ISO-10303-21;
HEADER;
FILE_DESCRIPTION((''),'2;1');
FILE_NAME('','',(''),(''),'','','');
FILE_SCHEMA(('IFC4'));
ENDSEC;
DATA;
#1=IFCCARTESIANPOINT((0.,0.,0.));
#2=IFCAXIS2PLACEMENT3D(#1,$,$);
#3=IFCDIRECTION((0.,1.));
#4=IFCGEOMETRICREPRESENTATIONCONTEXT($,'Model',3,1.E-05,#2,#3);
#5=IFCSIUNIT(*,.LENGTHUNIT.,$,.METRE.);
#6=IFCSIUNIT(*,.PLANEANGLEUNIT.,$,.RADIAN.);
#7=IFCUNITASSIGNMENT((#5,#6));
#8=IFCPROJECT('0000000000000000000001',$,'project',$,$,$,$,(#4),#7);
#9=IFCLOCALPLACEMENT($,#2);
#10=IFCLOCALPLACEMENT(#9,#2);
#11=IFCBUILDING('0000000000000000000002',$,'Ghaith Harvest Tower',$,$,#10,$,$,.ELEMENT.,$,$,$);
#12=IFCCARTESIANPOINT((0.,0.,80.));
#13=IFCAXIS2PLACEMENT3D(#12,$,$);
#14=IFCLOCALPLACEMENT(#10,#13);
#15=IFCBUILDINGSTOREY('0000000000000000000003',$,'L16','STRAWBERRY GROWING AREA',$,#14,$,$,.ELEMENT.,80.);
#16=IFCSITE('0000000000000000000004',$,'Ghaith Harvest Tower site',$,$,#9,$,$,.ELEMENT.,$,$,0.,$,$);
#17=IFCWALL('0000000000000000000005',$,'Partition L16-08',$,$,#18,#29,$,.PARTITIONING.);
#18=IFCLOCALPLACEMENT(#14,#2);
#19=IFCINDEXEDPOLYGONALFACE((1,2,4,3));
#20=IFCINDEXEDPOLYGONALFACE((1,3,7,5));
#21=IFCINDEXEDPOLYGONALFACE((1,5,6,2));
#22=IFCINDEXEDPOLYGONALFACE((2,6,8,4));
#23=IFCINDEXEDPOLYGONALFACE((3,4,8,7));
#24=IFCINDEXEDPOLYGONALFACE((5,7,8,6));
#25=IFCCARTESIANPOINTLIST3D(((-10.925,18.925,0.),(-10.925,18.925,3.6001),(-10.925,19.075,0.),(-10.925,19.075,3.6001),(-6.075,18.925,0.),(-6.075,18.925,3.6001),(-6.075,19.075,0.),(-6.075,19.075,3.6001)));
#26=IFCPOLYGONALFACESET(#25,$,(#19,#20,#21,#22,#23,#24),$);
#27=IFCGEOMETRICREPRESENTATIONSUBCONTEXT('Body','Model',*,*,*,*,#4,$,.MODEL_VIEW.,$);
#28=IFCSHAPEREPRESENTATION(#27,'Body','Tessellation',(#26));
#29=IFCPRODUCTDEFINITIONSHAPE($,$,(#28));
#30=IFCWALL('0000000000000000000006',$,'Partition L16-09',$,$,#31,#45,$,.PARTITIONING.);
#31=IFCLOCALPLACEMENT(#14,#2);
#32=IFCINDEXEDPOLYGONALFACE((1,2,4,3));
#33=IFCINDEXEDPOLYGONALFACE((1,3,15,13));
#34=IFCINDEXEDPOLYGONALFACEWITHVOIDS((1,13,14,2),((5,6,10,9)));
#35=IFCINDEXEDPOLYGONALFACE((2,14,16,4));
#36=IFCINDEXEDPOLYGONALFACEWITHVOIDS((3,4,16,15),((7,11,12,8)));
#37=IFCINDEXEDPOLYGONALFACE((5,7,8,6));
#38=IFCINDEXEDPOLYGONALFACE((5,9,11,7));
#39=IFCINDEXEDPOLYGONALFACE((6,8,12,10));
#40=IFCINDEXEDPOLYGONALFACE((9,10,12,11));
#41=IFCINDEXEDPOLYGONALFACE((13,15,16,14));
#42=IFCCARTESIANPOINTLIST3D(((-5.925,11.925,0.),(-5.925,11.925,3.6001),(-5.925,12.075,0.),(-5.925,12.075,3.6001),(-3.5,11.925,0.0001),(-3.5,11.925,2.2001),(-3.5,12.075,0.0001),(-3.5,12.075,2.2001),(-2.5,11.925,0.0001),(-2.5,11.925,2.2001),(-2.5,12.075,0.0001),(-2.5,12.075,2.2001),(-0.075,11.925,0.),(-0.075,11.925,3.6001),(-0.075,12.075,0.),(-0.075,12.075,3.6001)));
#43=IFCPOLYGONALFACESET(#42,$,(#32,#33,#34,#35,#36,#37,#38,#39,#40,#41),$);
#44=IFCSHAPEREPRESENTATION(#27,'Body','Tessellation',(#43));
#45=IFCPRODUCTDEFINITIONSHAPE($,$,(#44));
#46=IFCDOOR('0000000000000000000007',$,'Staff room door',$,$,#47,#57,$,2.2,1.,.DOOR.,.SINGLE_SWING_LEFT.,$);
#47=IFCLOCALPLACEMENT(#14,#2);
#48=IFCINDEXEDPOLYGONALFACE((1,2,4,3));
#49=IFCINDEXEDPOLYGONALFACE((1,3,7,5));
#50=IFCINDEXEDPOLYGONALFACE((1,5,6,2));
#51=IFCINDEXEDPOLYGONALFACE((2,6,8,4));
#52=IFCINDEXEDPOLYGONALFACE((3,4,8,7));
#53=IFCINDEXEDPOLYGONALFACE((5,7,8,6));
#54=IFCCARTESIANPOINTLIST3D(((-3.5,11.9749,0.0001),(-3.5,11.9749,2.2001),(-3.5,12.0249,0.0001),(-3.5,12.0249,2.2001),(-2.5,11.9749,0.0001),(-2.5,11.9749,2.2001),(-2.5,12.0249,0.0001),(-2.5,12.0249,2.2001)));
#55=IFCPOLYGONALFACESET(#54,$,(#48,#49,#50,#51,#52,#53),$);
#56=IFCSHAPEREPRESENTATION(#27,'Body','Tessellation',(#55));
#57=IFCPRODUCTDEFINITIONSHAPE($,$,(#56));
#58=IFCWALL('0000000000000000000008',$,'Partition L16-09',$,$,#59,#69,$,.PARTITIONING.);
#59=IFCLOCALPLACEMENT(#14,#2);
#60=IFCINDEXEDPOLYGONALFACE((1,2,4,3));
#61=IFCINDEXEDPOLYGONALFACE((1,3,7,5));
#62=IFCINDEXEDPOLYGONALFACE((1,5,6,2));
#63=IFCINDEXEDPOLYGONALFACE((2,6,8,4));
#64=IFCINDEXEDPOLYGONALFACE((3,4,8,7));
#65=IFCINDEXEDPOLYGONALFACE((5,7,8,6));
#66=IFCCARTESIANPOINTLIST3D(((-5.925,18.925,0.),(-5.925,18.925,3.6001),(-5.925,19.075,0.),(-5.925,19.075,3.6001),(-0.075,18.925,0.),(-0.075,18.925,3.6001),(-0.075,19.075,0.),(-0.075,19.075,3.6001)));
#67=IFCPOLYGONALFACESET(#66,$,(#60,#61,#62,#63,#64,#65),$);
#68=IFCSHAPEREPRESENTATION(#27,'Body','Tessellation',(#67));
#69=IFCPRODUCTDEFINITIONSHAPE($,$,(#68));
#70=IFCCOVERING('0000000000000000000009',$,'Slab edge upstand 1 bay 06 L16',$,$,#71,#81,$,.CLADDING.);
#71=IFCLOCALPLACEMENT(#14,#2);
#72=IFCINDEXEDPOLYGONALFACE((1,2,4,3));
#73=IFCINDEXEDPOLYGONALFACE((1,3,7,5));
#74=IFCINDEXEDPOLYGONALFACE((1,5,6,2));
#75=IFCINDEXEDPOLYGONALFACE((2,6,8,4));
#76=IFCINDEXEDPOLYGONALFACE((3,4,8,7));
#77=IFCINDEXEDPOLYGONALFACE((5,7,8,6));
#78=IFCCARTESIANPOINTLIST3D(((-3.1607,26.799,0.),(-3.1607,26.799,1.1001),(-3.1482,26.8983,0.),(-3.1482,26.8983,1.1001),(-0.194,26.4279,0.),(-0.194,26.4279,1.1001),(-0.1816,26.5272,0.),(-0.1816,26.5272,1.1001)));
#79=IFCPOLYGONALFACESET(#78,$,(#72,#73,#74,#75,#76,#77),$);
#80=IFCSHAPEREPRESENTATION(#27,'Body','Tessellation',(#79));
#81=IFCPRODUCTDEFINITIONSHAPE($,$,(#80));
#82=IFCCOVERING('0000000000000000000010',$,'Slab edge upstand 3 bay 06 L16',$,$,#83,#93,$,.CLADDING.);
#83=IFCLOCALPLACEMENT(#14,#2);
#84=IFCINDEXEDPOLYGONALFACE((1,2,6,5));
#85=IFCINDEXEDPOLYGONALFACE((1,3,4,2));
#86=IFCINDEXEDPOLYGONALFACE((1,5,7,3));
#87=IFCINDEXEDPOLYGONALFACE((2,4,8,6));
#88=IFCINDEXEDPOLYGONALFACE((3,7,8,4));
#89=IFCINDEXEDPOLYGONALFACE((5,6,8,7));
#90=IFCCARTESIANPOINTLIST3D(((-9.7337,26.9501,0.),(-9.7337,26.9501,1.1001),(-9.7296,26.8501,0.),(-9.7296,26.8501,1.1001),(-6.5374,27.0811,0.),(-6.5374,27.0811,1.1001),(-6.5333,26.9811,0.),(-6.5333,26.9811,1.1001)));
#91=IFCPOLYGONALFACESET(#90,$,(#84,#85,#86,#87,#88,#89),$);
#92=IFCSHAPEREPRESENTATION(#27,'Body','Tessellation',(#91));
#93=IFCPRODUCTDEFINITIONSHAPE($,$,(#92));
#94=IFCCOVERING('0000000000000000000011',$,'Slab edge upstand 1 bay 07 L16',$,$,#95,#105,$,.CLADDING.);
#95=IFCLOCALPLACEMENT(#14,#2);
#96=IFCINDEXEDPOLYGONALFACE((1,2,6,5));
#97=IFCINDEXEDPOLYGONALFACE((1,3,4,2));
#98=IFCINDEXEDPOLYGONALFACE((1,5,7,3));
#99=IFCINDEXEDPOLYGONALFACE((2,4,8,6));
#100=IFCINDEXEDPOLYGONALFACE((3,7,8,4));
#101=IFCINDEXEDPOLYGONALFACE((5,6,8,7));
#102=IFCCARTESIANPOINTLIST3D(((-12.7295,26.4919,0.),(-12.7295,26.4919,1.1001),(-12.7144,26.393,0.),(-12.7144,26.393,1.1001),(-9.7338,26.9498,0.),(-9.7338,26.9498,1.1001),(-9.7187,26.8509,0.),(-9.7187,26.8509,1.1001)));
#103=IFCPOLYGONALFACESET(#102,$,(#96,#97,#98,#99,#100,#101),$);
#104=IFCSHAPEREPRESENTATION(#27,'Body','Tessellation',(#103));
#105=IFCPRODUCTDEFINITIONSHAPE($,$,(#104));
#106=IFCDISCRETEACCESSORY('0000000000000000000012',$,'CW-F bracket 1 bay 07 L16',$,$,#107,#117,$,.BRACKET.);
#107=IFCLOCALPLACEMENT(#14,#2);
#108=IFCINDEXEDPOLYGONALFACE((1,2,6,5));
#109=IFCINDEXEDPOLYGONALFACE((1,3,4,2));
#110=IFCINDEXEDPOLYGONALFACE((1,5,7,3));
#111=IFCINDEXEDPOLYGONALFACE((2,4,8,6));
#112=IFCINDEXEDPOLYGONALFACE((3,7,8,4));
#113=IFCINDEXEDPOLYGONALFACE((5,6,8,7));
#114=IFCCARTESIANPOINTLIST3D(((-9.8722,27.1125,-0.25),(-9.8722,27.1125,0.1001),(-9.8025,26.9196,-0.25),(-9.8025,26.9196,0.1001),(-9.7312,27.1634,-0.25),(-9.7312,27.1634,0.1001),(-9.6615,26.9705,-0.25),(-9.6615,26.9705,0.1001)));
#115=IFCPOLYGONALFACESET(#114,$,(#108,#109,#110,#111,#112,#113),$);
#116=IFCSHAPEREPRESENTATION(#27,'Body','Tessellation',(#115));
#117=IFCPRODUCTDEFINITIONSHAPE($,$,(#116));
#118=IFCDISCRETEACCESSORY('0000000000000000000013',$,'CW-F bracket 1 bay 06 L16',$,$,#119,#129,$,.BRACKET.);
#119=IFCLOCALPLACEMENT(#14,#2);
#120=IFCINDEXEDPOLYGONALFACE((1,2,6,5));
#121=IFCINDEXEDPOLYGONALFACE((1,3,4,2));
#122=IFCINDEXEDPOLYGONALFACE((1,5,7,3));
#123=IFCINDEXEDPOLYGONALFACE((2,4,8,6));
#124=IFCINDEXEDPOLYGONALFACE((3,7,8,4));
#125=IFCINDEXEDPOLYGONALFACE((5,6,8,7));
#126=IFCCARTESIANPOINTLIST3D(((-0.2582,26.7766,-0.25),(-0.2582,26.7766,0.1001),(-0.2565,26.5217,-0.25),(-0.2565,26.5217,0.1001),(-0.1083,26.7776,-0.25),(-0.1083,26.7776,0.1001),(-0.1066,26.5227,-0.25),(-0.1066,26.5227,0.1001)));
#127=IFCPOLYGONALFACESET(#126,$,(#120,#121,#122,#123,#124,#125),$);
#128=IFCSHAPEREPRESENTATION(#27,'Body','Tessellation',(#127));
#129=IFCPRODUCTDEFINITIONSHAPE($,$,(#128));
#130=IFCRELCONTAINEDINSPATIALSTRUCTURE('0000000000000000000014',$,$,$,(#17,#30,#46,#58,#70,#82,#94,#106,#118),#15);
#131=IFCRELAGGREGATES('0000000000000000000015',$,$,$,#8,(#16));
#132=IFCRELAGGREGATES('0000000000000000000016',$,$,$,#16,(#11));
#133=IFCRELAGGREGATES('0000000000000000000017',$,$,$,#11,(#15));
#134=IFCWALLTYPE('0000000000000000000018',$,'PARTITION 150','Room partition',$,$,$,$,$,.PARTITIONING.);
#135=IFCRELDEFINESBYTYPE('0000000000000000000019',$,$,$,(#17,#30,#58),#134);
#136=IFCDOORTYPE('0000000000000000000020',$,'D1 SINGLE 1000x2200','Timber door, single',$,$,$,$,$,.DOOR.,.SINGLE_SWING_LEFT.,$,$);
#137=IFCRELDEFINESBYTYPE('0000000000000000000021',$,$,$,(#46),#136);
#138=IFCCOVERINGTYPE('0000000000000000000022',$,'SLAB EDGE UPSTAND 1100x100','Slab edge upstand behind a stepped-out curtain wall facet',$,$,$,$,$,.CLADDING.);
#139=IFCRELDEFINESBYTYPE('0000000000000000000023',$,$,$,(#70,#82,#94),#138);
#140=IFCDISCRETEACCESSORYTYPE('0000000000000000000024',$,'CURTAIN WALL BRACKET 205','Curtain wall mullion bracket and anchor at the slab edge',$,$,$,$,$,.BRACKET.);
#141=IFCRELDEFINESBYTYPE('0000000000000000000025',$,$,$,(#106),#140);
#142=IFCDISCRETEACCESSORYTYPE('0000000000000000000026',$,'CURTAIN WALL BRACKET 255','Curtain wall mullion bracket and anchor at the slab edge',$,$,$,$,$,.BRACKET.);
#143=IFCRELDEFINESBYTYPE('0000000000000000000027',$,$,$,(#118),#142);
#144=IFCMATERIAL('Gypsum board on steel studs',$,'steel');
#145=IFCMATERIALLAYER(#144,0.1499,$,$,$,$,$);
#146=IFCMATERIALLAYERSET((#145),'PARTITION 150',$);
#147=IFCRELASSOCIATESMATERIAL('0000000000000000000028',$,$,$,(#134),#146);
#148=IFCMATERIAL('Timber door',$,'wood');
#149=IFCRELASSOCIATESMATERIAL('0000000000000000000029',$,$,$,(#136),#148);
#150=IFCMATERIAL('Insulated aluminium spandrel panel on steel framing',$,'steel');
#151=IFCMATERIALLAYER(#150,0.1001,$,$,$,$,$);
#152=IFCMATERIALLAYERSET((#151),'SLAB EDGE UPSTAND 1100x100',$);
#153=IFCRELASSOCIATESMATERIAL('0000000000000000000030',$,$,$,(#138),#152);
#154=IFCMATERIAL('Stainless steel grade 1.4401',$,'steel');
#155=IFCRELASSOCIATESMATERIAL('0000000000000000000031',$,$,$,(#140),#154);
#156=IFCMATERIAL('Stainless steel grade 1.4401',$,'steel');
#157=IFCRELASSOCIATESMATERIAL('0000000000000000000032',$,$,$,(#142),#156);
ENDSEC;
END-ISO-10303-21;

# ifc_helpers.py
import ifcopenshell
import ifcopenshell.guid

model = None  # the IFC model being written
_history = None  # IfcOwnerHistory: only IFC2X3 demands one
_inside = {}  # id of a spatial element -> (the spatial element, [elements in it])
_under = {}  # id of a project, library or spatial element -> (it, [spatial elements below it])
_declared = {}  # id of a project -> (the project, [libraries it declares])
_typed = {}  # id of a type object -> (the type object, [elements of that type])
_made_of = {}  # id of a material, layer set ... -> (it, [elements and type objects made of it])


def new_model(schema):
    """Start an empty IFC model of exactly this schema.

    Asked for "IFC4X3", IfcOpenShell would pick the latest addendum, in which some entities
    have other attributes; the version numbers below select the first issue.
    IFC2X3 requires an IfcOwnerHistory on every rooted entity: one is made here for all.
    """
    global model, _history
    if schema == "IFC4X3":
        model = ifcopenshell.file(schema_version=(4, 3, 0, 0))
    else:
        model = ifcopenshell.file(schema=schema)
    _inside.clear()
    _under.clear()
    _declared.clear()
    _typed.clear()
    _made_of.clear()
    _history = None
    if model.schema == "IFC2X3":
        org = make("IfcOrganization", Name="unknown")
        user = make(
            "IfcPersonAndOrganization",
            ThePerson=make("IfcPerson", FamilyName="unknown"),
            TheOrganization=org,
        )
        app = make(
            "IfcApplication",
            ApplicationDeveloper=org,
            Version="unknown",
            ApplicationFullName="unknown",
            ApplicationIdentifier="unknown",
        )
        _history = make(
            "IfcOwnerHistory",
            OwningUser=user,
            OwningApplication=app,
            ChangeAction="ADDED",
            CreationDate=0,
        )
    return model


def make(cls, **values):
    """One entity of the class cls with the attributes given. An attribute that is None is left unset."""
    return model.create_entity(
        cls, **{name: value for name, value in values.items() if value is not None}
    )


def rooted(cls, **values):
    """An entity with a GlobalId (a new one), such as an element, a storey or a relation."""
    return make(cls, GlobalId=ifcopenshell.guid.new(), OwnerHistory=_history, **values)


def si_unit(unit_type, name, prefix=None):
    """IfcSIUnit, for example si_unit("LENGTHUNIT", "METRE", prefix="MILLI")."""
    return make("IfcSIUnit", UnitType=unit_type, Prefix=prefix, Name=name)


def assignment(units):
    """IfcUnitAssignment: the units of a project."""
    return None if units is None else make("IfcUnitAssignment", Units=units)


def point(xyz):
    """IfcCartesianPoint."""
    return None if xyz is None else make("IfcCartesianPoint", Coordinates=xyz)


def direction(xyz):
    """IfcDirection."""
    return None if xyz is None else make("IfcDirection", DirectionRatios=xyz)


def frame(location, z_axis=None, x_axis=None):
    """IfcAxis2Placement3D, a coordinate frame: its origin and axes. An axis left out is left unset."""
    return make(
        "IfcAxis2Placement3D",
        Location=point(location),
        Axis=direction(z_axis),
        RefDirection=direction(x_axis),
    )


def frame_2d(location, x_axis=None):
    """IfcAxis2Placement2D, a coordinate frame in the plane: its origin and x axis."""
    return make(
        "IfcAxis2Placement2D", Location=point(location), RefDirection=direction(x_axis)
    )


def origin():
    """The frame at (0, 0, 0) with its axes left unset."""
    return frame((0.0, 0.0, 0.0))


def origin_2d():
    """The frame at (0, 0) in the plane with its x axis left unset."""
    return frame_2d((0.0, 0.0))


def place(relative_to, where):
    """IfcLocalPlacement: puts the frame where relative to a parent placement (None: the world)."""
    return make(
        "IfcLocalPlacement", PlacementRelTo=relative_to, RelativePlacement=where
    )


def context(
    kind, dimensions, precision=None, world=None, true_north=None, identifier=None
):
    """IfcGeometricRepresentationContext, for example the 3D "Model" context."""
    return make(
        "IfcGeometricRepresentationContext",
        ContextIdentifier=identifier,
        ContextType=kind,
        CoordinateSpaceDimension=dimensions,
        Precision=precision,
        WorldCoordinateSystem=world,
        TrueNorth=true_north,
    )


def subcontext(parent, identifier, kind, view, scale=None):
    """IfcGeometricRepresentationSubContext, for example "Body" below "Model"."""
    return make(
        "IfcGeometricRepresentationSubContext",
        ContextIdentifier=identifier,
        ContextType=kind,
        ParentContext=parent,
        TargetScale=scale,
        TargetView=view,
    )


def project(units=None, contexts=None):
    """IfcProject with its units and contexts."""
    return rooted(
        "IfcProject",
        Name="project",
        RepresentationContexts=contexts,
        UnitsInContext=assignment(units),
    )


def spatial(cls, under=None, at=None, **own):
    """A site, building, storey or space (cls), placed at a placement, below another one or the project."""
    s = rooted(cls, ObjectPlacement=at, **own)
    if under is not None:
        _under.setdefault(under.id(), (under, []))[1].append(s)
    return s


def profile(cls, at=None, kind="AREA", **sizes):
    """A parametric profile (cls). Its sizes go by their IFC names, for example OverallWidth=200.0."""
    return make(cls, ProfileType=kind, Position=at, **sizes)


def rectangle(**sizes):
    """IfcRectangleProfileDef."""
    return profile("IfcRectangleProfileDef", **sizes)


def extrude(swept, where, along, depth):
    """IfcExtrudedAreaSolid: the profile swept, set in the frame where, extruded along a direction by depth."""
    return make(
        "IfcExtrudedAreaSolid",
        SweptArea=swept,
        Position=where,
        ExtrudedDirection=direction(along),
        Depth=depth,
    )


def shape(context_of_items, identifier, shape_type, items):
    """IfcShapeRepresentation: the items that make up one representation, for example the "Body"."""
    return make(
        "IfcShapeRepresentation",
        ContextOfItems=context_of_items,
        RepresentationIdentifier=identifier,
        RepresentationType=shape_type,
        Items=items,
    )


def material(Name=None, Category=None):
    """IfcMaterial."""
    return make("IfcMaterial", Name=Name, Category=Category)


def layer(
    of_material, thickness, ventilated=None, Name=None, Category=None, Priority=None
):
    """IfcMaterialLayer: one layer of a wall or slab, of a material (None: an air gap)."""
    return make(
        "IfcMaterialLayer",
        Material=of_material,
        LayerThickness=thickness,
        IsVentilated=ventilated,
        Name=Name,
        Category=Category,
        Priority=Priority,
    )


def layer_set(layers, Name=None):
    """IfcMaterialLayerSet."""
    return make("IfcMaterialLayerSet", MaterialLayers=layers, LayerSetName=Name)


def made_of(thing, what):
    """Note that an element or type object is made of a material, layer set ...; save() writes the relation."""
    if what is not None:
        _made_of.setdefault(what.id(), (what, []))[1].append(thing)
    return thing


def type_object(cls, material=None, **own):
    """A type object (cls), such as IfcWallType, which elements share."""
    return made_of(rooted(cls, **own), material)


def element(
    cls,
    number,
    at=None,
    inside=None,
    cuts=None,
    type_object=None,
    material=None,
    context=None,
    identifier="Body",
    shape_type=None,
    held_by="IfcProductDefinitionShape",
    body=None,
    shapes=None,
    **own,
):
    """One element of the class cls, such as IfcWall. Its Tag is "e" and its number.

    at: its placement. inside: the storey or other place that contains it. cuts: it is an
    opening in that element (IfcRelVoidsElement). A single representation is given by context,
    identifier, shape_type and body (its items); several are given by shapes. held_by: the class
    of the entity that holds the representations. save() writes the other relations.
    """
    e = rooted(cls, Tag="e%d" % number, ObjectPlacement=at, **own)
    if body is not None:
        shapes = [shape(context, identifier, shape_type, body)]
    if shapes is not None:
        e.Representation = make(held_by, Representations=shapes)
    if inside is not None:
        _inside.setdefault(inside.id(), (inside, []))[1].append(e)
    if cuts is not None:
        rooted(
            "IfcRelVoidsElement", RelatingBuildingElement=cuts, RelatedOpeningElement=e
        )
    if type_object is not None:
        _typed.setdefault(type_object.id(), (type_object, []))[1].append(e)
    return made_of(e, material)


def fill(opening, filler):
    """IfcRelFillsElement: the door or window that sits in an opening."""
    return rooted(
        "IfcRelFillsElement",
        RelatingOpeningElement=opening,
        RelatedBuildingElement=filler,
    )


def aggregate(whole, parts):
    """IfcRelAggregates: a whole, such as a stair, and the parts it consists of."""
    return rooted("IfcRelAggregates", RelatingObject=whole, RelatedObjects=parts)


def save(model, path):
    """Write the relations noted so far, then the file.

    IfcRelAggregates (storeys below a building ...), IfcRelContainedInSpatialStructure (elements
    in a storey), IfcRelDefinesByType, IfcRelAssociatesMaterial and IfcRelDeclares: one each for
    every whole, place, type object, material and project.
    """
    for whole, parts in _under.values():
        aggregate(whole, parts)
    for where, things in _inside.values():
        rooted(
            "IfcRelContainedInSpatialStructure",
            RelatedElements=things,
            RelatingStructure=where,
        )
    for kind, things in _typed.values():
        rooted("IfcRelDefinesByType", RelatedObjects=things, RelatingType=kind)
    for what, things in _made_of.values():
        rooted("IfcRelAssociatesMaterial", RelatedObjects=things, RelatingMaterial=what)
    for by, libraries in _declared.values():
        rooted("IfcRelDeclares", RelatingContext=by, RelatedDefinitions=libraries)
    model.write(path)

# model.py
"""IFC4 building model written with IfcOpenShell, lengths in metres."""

from ifc_helpers import new_model, si_unit, direction, frame, frame_2d, origin, origin_2d, place, context, subcontext, project, spatial, rectangle, extrude, material, layer, layer_set, type_object, element, fill, save


model = new_model("IFC4")

# Units and contexts
model_context = context("Model", 3, precision=1e-05, world=origin(), true_north=direction((0.0, 1.0)))
body_context = subcontext(model_context, "Body", "Model", "MODEL_VIEW")
ifc_project = project(units=[si_unit("LENGTHUNIT", "METRE"), si_unit("PLANEANGLEUNIT", "RADIAN")], contexts=[model_context])

# Site, building, storey
site_placement = place(None, origin())
site = spatial("IfcSite", under=ifc_project, at=site_placement, Name="Ghaith Harvest Tower site", CompositionType="ELEMENT", RefElevation=0.0)
building_placement = place(site_placement, origin())
building = spatial("IfcBuilding", under=site, at=building_placement, Name="Ghaith Harvest Tower", CompositionType="ELEMENT")
storey_placement = place(building_placement, frame((0.0, 0.0, 80.0)))
storey = spatial("IfcBuildingStorey", under=building, at=storey_placement, Name="L16", Description="STRAWBERRY GROWING AREA", CompositionType="ELEMENT", Elevation=80.0)

# Shared definitions
ifc_material_1 = material(Name="Gypsum board on steel studs", Category="steel")
ifc_layer_1 = layer(ifc_material_1, 0.1499)
ifc_layer_set_1 = layer_set([ifc_layer_1], Name="PARTITION 150")
wall_type = type_object("IfcWallType", Name="PARTITION 150", Description="Room partition", PredefinedType="PARTITIONING", material=ifc_layer_set_1)

# Wall
wall_1_placement = place(storey_placement, frame((-10.925, 19.0, 0.0), z_axis=(0.0, 0.0, 1.0), x_axis=(1.0, 0.0, 0.0)))
element("IfcWall", 1, at=wall_1_placement, inside=storey, type_object=wall_type, Name="Partition L16-08", PredefinedType="PARTITIONING", context=body_context, shape_type="SweptSolid", body=[
    extrude(rectangle(XDim=4.8501, YDim=0.1499, at=frame_2d((2.425, 0.0))), origin(), (0.0, 0.0, 1.0), 3.6001),
])

# Wall, opening, door
wall_2_placement = place(storey_placement, frame((-5.925, 12.0, 0.0), z_axis=(0.0, 0.0, 1.0), x_axis=(1.0, 0.0, 0.0)))
wall_2 = element("IfcWall", 2, at=wall_2_placement, inside=storey, type_object=wall_type, Name="Partition L16-09", PredefinedType="PARTITIONING", context=body_context, shape_type="SweptSolid", body=[
    extrude(rectangle(XDim=5.8501, YDim=0.1499, at=frame_2d((2.925, 0.0))), origin(), (0.0, 0.0, 1.0), 3.6001),
])
opening_1_placement = place(wall_2_placement, frame((2.425, 0.0, 0.0)))
opening_1 = element("IfcOpeningElement", 3, at=opening_1_placement, cuts=wall_2, PredefinedType="OPENING", context=body_context, shape_type="SweptSolid", body=[
    extrude(rectangle(XDim=1.0, YDim=2.2, at=frame_2d((0.5, 1.1001))), frame((0.0, 0.085, 0.0), z_axis=(0.0, -1.0, 0.0), x_axis=(1.0, 0.0, 0.0)), (0.0, 0.0, 1.0), 0.1699),
])
ifc_material_2 = material(Name="Timber door", Category="wood")
door_type_1 = type_object("IfcDoorType", Name="D1 SINGLE 1000x2200", Description="Timber door, single", OperationType="SINGLE_SWING_LEFT", PredefinedType="DOOR", material=ifc_material_2)
door_1_placement = place(opening_1_placement, origin())
door_1 = element("IfcDoor", 4, at=door_1_placement, inside=storey, type_object=door_type_1, Name="Staff room door", OperationType="SINGLE_SWING_LEFT", OverallHeight=2.2, OverallWidth=1.0, PredefinedType="DOOR", context=body_context, shape_type="SweptSolid", body=[
    extrude(rectangle(XDim=1.0, YDim=2.2, at=frame_2d((0.5, 1.1001))), frame((0.0, 0.0249, 0.0), z_axis=(0.0, -1.0, 0.0), x_axis=(1.0, 0.0, 0.0)), (0.0, 0.0, 1.0), 0.05),
])
fill(opening_1, door_1)

# Wall
wall_3_placement = place(storey_placement, frame((-5.925, 19.0, 0.0), z_axis=(0.0, 0.0, 1.0), x_axis=(1.0, 0.0, 0.0)))
element("IfcWall", 5, at=wall_3_placement, inside=storey, type_object=wall_type, Name="Partition L16-09", PredefinedType="PARTITIONING", context=body_context, shape_type="SweptSolid", body=[
    extrude(rectangle(XDim=5.8501, YDim=0.1499, at=frame_2d((2.925, 0.0))), origin(), (0.0, 0.0, 1.0), 3.6001),
])

# Coverings
ifc_material_3 = material(Name="Insulated aluminium spandrel panel on steel framing", Category="steel")
ifc_layer_2 = layer(ifc_material_3, 0.1001)
ifc_layer_set_2 = layer_set([ifc_layer_2], Name="SLAB EDGE UPSTAND 1100x100")
covering_type = type_object("IfcCoveringType", Name="SLAB EDGE UPSTAND 1100x100", Description="Slab edge upstand behind a stepped-out curtain wall facet", PredefinedType="CLADDING", material=ifc_layer_set_2)
covering_1_placement = place(storey_placement, frame((-1.6711, 26.6631, 0.0), z_axis=(0.0, 0.0, 1.0), x_axis=(-0.992265, 0.124139, 0.0)))
element("IfcCovering", 6, at=covering_1_placement, inside=storey, type_object=covering_type, Name="Slab edge upstand 1 bay 06 L16", PredefinedType="CLADDING", context=body_context, shape_type="SweptSolid", body=[
    extrude(rectangle(XDim=2.9897, YDim=0.1001, at=origin_2d()), origin(), (0.0, 0.0, 1.0), 1.1001),
])
covering_2_placement = place(storey_placement, frame((-8.1335, 26.9656, 0.0), z_axis=(0.0, 0.0, 1.0), x_axis=(-0.999161, -0.040957, 0.0)))
element("IfcCovering", 7, at=covering_2_placement, inside=storey, type_object=covering_type, Name="Slab edge upstand 3 bay 06 L16", PredefinedType="CLADDING", context=body_context, shape_type="SweptSolid", body=[
    extrude(rectangle(XDim=3.199, YDim=0.1001, at=origin_2d()), origin(), (0.0, 0.0, 1.0), 1.1001),
])
covering_3_placement = place(storey_placement, frame((-11.2241, 26.6714, 0.0), z_axis=(0.0, 0.0, 1.0), x_axis=(-0.988518, -0.151104, 0.0)))
element("IfcCovering", 8, at=covering_3_placement, inside=storey, type_object=covering_type, Name="Slab edge upstand 1 bay 07 L16", PredefinedType="CLADDING", context=body_context, shape_type="SweptSolid", body=[
    extrude(rectangle(XDim=3.0305, YDim=0.1001, at=origin_2d()), origin(), (0.0, 0.0, 1.0), 1.1001),
])

# Discrete accessories
ifc_material_4 = material(Name="Stainless steel grade 1.4401", Category="steel")
discrete_accessory_type_1 = type_object("IfcDiscreteAccessoryType", Name="CURTAIN WALL BRACKET 205", Description="Curtain wall mullion bracket and anchor at the slab edge", PredefinedType="BRACKET", material=ifc_material_4)
discrete_accessory_1_placement = place(storey_placement, frame((-9.7668, 27.0415, -0.25), z_axis=(0.0, 0.0, 1.0), x_axis=(-0.339699, 0.940534, 0.0)))
element("IfcDiscreteAccessory", 9, at=discrete_accessory_1_placement, inside=storey, type_object=discrete_accessory_type_1, Name="CW-F bracket 1 bay 07 L16", PredefinedType="BRACKET", context=body_context, shape_type="SweptSolid", body=[
    extrude(rectangle(XDim=0.2051, YDim=0.1499, at=origin_2d()), origin(), (0.0, 0.0, 1.0), 0.3501),
])
ifc_material_5 = material(Name="Stainless steel grade 1.4401", Category="steel")
discrete_accessory_type_2 = type_object("IfcDiscreteAccessoryType", Name="CURTAIN WALL BRACKET 255", Description="Curtain wall mullion bracket and anchor at the slab edge", PredefinedType="BRACKET", material=ifc_material_5)
discrete_accessory_2_placement = place(storey_placement, frame((-0.1824, 26.6497, -0.25), z_axis=(0.0, 0.0, 1.0), x_axis=(-0.006844, 0.999977, 0.0)))
element("IfcDiscreteAccessory", 10, at=discrete_accessory_2_placement, inside=storey, type_object=discrete_accessory_type_2, Name="CW-F bracket 1 bay 06 L16", PredefinedType="BRACKET", context=body_context, shape_type="SweptSolid", body=[
    extrude(rectangle(XDim=0.2549, YDim=0.1499, at=origin_2d()), origin(), (0.0, 0.0, 1.0), 0.3501),
])

save(model, "model.ifc")
